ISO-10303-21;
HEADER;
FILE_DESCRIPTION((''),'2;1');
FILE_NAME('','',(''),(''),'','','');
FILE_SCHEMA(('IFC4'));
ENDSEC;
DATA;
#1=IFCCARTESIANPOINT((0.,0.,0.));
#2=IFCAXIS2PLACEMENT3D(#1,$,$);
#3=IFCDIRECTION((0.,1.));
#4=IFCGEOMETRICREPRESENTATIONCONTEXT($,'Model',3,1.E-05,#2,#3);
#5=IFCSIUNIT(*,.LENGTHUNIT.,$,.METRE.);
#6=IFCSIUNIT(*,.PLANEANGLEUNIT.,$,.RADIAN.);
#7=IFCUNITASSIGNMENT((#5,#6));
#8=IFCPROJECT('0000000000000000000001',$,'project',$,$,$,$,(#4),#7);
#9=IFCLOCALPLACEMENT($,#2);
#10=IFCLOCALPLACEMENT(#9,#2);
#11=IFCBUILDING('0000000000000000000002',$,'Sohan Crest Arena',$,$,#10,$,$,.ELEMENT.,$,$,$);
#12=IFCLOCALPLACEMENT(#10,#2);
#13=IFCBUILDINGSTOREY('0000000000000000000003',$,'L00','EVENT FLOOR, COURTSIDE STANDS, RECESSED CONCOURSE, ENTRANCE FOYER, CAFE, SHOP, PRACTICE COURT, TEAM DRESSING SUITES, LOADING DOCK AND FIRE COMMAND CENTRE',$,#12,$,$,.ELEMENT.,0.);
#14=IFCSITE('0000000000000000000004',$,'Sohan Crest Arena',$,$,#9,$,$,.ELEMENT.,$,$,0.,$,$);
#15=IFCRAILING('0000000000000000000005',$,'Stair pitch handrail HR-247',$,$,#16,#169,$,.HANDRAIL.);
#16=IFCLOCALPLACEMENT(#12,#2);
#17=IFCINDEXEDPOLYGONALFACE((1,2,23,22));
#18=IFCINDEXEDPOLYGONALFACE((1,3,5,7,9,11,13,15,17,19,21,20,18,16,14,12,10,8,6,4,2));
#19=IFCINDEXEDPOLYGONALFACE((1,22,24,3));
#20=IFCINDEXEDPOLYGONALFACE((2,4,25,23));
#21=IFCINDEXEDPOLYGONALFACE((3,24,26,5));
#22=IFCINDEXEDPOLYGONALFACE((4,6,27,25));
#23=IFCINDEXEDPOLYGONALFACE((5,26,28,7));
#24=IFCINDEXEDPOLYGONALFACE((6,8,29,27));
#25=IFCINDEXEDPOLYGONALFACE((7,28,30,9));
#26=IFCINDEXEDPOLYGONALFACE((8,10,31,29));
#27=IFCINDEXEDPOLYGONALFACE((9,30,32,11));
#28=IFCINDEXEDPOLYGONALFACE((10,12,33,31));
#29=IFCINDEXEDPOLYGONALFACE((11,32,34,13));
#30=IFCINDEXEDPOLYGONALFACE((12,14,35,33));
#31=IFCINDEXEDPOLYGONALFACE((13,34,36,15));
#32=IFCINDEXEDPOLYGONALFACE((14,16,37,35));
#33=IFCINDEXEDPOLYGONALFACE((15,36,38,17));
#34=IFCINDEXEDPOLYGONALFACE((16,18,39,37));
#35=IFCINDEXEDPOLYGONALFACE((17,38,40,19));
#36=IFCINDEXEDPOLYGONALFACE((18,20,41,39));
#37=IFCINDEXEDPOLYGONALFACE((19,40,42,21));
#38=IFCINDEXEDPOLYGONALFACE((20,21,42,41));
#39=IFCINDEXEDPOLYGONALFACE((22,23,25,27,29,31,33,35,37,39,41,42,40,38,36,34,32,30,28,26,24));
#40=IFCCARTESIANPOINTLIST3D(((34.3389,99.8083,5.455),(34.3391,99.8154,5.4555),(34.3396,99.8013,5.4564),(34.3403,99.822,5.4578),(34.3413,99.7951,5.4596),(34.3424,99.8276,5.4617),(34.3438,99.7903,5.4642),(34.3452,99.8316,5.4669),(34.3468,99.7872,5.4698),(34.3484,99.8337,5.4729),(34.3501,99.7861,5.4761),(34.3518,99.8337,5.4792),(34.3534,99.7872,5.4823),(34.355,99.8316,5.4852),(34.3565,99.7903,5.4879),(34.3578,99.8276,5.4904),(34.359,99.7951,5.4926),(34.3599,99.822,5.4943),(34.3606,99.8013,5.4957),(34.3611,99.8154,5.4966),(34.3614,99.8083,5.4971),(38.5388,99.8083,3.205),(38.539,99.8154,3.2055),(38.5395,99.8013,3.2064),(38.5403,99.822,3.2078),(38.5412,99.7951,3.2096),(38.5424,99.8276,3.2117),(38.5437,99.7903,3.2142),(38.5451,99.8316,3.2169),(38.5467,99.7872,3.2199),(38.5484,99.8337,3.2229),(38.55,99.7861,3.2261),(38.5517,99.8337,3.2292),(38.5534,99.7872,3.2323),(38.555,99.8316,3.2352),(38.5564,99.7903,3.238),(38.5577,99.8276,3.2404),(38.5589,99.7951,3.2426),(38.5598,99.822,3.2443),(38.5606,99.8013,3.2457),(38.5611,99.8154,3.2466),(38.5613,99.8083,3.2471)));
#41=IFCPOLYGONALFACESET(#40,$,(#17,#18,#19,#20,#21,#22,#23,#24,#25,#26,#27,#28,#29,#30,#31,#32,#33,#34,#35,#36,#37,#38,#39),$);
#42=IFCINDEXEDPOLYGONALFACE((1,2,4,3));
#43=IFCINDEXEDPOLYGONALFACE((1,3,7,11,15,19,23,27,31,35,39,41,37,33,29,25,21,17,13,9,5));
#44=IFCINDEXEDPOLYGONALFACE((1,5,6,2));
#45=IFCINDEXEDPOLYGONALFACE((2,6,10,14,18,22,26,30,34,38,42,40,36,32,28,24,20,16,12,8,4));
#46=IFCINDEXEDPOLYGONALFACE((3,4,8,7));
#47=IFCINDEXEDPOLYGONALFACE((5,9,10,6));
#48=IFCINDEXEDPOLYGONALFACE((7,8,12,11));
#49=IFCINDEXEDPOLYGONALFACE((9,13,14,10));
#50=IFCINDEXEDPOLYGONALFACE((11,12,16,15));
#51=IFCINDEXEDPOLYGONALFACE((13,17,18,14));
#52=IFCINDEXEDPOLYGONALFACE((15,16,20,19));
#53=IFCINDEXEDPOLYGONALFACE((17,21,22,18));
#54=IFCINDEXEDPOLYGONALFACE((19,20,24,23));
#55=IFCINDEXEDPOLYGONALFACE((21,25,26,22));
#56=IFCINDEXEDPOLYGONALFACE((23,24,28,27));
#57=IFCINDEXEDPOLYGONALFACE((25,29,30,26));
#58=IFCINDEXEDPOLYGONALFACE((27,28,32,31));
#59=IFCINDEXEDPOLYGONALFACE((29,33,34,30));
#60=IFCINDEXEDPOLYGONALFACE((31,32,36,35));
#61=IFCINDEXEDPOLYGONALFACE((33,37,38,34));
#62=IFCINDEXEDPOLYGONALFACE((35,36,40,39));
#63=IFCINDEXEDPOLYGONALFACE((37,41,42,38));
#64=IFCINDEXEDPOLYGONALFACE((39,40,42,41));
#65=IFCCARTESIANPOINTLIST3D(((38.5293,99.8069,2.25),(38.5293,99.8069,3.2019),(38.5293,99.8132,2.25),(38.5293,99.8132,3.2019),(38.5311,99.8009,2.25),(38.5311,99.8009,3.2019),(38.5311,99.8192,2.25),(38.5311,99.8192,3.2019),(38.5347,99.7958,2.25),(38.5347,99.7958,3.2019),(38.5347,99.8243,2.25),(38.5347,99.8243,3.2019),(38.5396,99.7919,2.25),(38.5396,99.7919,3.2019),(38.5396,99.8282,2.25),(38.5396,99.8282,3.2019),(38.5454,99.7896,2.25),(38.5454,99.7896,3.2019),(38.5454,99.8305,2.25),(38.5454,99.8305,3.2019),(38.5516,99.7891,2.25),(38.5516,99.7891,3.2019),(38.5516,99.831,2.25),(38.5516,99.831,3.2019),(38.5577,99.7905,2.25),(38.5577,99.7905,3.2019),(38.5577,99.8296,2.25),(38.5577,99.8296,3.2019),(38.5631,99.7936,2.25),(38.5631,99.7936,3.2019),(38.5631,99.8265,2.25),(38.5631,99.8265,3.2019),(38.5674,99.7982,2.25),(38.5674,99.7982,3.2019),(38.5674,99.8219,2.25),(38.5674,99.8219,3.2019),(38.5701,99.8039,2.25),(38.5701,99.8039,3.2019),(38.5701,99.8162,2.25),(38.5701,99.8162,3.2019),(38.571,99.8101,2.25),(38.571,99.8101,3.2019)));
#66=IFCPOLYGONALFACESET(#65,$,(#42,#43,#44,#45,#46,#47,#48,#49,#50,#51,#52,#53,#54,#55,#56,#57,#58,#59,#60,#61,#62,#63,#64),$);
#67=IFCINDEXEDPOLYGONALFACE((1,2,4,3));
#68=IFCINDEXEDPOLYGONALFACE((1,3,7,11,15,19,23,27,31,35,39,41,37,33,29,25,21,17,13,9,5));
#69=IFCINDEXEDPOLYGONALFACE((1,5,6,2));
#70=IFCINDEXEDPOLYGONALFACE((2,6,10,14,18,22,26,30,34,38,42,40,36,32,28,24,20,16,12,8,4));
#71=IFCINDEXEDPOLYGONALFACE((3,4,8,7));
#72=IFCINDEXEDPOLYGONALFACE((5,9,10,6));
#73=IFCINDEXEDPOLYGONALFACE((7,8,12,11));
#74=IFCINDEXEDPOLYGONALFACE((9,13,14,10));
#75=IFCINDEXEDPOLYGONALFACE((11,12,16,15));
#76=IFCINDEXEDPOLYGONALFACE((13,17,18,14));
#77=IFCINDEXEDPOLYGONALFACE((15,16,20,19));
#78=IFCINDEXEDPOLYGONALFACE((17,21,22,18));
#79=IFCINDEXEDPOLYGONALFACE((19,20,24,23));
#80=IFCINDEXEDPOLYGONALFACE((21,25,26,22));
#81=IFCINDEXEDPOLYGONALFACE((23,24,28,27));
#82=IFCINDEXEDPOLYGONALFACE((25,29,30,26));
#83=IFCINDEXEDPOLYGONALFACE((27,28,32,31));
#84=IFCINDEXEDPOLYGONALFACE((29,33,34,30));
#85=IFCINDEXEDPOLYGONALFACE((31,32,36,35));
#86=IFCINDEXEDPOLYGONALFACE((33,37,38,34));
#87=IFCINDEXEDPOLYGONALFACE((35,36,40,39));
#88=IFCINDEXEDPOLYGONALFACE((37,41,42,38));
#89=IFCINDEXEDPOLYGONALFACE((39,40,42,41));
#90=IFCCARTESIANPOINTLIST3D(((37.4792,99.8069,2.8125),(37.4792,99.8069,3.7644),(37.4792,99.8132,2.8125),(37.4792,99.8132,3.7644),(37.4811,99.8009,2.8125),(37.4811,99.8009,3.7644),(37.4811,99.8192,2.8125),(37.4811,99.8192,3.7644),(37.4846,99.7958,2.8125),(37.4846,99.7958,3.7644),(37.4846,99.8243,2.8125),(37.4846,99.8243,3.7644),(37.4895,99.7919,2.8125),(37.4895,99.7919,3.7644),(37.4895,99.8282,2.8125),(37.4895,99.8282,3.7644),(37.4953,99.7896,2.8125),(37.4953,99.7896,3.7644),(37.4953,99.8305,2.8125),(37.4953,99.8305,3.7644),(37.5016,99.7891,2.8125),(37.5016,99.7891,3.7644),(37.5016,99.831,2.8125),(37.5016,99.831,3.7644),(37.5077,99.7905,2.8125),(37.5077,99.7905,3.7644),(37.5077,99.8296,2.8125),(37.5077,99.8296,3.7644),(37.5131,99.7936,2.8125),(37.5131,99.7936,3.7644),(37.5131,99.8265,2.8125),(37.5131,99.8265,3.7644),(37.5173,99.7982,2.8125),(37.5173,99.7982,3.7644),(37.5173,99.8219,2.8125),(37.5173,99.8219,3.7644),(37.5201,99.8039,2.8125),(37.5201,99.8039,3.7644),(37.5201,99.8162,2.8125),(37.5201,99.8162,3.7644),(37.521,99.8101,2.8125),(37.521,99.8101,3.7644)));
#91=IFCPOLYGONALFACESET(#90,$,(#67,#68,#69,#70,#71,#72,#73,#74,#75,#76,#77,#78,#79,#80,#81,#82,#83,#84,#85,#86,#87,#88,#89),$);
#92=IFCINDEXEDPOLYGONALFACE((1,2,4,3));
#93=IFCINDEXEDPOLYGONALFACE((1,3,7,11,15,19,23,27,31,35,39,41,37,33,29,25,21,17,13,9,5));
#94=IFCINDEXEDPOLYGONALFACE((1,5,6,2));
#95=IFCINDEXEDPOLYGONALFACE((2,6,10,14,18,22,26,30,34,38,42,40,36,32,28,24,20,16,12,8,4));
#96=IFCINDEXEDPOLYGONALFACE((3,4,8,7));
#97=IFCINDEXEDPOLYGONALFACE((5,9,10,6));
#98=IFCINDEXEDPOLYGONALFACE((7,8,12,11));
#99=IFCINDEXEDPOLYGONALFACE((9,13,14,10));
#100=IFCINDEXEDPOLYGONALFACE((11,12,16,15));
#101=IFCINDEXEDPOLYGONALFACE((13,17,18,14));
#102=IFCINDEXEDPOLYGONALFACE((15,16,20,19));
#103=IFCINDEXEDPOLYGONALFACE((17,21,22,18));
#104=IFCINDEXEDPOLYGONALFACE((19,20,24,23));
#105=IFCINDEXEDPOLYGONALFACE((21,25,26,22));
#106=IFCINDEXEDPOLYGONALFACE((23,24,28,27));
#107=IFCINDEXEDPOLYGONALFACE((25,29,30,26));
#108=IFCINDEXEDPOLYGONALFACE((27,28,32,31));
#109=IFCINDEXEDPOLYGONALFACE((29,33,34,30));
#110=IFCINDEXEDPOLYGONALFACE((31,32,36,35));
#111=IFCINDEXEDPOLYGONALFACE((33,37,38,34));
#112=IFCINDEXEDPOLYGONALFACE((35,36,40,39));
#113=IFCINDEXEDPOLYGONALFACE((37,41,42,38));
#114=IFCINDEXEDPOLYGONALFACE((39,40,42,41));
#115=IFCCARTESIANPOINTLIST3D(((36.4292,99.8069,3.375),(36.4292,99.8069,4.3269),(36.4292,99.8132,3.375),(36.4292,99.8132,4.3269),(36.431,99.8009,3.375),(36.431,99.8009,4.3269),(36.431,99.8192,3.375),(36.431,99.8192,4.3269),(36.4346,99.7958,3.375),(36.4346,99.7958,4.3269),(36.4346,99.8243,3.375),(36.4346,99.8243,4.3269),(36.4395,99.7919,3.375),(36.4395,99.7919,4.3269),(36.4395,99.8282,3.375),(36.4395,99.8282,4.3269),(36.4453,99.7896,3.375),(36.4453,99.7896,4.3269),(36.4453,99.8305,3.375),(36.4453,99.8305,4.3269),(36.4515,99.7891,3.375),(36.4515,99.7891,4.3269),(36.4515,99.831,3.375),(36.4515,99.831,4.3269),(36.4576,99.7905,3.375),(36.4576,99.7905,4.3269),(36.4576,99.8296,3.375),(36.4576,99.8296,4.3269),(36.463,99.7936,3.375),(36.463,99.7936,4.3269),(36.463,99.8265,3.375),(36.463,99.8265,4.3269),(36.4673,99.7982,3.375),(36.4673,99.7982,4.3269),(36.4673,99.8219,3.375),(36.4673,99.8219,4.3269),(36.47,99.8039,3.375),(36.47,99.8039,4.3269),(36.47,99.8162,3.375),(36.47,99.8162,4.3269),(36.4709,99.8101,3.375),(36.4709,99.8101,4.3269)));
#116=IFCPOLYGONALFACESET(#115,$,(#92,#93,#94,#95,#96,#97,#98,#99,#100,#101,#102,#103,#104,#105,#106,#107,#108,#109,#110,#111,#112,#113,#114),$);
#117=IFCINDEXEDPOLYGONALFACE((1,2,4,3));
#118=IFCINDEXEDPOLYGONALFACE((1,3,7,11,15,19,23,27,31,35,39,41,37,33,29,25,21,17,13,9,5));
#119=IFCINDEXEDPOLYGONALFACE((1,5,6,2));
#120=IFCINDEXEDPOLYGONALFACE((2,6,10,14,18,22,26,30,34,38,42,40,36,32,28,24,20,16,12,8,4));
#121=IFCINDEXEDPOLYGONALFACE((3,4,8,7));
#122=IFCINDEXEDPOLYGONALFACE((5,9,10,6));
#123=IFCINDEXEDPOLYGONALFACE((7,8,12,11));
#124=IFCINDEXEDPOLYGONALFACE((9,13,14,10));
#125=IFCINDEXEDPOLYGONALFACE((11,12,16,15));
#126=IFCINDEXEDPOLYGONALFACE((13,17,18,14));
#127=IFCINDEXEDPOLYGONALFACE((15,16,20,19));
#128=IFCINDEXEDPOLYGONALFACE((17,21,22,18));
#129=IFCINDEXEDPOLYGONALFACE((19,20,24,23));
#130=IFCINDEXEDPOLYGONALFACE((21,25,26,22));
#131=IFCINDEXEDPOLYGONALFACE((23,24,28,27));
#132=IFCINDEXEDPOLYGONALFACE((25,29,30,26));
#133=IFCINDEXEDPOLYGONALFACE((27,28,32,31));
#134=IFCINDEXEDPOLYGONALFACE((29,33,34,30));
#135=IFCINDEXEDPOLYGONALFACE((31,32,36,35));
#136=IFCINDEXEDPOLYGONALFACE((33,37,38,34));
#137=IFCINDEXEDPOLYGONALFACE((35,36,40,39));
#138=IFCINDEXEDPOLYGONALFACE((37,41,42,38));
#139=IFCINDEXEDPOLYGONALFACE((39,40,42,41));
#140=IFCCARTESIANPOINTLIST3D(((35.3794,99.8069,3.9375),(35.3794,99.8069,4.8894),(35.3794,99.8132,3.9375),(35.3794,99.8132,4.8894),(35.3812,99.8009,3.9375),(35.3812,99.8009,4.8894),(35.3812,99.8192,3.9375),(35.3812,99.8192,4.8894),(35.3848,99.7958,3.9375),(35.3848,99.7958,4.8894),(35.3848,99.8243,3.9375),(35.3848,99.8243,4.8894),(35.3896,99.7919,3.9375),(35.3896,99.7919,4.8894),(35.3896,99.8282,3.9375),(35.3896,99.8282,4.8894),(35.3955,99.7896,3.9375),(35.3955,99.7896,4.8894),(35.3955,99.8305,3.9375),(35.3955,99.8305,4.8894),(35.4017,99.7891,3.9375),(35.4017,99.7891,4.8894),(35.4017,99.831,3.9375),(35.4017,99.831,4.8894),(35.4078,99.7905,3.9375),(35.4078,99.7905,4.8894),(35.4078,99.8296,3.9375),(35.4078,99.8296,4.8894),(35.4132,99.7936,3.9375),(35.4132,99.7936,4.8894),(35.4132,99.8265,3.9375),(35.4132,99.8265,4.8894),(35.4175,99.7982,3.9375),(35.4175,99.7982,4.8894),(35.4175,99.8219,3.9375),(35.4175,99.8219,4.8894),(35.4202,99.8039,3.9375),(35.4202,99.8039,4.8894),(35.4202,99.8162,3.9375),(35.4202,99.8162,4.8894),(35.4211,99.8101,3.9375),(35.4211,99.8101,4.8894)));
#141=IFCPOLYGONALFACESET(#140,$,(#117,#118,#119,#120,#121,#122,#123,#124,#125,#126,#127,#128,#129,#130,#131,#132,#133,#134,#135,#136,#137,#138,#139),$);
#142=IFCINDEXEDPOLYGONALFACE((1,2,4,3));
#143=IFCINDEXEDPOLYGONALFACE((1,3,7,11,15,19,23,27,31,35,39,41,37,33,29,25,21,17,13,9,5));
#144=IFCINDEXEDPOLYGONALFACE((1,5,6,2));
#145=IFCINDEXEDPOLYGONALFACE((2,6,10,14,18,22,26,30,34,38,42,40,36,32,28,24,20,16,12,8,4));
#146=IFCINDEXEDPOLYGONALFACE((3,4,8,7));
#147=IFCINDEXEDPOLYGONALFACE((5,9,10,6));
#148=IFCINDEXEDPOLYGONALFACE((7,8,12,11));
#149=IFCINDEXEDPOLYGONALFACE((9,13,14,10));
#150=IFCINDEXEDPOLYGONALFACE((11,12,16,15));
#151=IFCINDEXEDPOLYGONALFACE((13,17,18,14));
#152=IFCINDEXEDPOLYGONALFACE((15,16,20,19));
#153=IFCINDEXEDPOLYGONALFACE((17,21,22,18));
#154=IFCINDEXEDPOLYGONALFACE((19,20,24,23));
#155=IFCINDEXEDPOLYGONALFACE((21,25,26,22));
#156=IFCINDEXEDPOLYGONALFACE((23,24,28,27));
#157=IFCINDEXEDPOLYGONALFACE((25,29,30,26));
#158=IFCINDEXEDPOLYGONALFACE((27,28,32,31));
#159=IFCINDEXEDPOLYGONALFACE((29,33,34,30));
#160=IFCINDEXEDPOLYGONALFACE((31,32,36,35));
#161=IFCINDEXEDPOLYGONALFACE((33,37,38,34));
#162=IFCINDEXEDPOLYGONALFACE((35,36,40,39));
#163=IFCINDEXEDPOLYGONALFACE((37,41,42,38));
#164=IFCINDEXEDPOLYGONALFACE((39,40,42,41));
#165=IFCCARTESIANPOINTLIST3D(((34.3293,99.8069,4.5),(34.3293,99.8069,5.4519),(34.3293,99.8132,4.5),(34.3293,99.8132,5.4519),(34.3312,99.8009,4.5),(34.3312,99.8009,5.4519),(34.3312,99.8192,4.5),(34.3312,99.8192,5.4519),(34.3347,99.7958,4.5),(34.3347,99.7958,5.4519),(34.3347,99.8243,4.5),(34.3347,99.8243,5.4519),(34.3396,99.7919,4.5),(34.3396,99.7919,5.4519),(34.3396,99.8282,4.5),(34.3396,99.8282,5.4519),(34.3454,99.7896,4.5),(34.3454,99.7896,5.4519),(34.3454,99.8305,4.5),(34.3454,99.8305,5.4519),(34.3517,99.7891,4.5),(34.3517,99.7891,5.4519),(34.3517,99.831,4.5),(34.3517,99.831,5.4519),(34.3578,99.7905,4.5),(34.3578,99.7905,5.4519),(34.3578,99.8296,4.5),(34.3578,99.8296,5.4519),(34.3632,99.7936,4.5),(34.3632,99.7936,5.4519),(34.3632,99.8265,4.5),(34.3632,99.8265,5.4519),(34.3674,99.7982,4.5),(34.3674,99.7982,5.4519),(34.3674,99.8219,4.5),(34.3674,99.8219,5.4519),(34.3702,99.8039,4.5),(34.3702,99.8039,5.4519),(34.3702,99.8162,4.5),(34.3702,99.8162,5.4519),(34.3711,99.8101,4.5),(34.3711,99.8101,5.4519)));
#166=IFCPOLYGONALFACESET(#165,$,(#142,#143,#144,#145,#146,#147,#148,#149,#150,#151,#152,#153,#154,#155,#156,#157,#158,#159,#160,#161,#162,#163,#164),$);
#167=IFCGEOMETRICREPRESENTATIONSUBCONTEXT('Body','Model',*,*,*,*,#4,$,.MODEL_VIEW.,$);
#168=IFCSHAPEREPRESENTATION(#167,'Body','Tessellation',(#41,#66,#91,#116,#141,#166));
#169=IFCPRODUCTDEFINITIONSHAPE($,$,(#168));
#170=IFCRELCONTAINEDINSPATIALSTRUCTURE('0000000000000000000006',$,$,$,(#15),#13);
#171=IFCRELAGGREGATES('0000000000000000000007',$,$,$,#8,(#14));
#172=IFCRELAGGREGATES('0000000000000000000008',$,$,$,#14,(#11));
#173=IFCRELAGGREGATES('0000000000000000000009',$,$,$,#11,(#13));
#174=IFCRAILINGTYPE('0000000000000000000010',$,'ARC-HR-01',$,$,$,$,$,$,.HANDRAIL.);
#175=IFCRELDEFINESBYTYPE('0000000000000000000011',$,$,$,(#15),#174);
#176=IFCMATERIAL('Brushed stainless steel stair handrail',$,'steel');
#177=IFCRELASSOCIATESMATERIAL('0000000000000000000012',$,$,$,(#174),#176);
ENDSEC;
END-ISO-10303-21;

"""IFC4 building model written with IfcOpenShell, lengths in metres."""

from ifc_helpers import new_model, si_unit, direction, frame, origin, origin_2d, place, context, subcontext, project, spatial, circle, extrude, material, type_object, element, save


model = new_model("IFC4")

# Units and contexts
model_context = context("Model", 3, precision=1e-05, world=origin(), true_north=direction((0.0, 1.0)))
body_context = subcontext(model_context, "Body", "Model", "MODEL_VIEW")
ifc_project = project(units=[si_unit("LENGTHUNIT", "METRE"), si_unit("PLANEANGLEUNIT", "RADIAN")], contexts=[model_context])

# Site, building, storey
site_placement = place(None, origin())
site = spatial("IfcSite", under=ifc_project, at=site_placement, Name="Sohan Crest Arena", CompositionType="ELEMENT", RefElevation=0.0)
building_placement = place(site_placement, origin())
building = spatial("IfcBuilding", under=site, at=building_placement, Name="Sohan Crest Arena", CompositionType="ELEMENT")
storey_placement = place(building_placement, origin())
storey = spatial("IfcBuildingStorey", under=building, at=storey_placement, Name="L00", Description="EVENT FLOOR, COURTSIDE STANDS, RECESSED CONCOURSE, ENTRANCE FOYER, CAFE, SHOP, PRACTICE COURT, TEAM DRESSING SUITES, LOADING DOCK AND FIRE COMMAND CENTRE", CompositionType="ELEMENT", Elevation=0.0)

# Railing
ifc_material_1 = material(Name="Brushed stainless steel stair handrail", Category="steel")
railing_type_1 = type_object("IfcRailingType", Name="ARC-HR-01", PredefinedType="HANDRAIL", material=ifc_material_1)
railing_1_placement = place(storey_placement, frame((38.55, 99.8101, 2.25)))
element("IfcRailing", 1, at=railing_1_placement, inside=storey, type_object=railing_type_1, Name="Stair pitch handrail HR-247", PredefinedType="HANDRAIL", context=body_context, shape_type="SweptSolid", body=[
    extrude(circle(Radius=0.0239, at=origin_2d()), frame((0.0, 0.0, 0.9761), z_axis=(-0.881478, 0.0, 0.472226), x_axis=(0.0, -1.0, 0.0)), (0.0, 0.0, 1.0), 4.7646),
    extrude(circle(Radius=0.021, at=origin_2d()), origin(), (0.0, 0.0, 1.0), 0.9519),
    extrude(circle(Radius=0.021, at=origin_2d()), frame((-1.05, 0.0, 0.5625)), (0.0, 0.0, 1.0), 0.9519),
    extrude(circle(Radius=0.021, at=origin_2d()), frame((-2.1001, 0.0, 1.125)), (0.0, 0.0, 1.0), 0.9519),
    extrude(circle(Radius=0.021, at=origin_2d()), frame((-3.1499, 0.0, 1.6875)), (0.0, 0.0, 1.0), 0.9519),
    extrude(circle(Radius=0.021, at=origin_2d()), frame((-4.2, 0.0, 2.25)), (0.0, 0.0, 1.0), 0.9519),
])

save(model, "model.ifc")
